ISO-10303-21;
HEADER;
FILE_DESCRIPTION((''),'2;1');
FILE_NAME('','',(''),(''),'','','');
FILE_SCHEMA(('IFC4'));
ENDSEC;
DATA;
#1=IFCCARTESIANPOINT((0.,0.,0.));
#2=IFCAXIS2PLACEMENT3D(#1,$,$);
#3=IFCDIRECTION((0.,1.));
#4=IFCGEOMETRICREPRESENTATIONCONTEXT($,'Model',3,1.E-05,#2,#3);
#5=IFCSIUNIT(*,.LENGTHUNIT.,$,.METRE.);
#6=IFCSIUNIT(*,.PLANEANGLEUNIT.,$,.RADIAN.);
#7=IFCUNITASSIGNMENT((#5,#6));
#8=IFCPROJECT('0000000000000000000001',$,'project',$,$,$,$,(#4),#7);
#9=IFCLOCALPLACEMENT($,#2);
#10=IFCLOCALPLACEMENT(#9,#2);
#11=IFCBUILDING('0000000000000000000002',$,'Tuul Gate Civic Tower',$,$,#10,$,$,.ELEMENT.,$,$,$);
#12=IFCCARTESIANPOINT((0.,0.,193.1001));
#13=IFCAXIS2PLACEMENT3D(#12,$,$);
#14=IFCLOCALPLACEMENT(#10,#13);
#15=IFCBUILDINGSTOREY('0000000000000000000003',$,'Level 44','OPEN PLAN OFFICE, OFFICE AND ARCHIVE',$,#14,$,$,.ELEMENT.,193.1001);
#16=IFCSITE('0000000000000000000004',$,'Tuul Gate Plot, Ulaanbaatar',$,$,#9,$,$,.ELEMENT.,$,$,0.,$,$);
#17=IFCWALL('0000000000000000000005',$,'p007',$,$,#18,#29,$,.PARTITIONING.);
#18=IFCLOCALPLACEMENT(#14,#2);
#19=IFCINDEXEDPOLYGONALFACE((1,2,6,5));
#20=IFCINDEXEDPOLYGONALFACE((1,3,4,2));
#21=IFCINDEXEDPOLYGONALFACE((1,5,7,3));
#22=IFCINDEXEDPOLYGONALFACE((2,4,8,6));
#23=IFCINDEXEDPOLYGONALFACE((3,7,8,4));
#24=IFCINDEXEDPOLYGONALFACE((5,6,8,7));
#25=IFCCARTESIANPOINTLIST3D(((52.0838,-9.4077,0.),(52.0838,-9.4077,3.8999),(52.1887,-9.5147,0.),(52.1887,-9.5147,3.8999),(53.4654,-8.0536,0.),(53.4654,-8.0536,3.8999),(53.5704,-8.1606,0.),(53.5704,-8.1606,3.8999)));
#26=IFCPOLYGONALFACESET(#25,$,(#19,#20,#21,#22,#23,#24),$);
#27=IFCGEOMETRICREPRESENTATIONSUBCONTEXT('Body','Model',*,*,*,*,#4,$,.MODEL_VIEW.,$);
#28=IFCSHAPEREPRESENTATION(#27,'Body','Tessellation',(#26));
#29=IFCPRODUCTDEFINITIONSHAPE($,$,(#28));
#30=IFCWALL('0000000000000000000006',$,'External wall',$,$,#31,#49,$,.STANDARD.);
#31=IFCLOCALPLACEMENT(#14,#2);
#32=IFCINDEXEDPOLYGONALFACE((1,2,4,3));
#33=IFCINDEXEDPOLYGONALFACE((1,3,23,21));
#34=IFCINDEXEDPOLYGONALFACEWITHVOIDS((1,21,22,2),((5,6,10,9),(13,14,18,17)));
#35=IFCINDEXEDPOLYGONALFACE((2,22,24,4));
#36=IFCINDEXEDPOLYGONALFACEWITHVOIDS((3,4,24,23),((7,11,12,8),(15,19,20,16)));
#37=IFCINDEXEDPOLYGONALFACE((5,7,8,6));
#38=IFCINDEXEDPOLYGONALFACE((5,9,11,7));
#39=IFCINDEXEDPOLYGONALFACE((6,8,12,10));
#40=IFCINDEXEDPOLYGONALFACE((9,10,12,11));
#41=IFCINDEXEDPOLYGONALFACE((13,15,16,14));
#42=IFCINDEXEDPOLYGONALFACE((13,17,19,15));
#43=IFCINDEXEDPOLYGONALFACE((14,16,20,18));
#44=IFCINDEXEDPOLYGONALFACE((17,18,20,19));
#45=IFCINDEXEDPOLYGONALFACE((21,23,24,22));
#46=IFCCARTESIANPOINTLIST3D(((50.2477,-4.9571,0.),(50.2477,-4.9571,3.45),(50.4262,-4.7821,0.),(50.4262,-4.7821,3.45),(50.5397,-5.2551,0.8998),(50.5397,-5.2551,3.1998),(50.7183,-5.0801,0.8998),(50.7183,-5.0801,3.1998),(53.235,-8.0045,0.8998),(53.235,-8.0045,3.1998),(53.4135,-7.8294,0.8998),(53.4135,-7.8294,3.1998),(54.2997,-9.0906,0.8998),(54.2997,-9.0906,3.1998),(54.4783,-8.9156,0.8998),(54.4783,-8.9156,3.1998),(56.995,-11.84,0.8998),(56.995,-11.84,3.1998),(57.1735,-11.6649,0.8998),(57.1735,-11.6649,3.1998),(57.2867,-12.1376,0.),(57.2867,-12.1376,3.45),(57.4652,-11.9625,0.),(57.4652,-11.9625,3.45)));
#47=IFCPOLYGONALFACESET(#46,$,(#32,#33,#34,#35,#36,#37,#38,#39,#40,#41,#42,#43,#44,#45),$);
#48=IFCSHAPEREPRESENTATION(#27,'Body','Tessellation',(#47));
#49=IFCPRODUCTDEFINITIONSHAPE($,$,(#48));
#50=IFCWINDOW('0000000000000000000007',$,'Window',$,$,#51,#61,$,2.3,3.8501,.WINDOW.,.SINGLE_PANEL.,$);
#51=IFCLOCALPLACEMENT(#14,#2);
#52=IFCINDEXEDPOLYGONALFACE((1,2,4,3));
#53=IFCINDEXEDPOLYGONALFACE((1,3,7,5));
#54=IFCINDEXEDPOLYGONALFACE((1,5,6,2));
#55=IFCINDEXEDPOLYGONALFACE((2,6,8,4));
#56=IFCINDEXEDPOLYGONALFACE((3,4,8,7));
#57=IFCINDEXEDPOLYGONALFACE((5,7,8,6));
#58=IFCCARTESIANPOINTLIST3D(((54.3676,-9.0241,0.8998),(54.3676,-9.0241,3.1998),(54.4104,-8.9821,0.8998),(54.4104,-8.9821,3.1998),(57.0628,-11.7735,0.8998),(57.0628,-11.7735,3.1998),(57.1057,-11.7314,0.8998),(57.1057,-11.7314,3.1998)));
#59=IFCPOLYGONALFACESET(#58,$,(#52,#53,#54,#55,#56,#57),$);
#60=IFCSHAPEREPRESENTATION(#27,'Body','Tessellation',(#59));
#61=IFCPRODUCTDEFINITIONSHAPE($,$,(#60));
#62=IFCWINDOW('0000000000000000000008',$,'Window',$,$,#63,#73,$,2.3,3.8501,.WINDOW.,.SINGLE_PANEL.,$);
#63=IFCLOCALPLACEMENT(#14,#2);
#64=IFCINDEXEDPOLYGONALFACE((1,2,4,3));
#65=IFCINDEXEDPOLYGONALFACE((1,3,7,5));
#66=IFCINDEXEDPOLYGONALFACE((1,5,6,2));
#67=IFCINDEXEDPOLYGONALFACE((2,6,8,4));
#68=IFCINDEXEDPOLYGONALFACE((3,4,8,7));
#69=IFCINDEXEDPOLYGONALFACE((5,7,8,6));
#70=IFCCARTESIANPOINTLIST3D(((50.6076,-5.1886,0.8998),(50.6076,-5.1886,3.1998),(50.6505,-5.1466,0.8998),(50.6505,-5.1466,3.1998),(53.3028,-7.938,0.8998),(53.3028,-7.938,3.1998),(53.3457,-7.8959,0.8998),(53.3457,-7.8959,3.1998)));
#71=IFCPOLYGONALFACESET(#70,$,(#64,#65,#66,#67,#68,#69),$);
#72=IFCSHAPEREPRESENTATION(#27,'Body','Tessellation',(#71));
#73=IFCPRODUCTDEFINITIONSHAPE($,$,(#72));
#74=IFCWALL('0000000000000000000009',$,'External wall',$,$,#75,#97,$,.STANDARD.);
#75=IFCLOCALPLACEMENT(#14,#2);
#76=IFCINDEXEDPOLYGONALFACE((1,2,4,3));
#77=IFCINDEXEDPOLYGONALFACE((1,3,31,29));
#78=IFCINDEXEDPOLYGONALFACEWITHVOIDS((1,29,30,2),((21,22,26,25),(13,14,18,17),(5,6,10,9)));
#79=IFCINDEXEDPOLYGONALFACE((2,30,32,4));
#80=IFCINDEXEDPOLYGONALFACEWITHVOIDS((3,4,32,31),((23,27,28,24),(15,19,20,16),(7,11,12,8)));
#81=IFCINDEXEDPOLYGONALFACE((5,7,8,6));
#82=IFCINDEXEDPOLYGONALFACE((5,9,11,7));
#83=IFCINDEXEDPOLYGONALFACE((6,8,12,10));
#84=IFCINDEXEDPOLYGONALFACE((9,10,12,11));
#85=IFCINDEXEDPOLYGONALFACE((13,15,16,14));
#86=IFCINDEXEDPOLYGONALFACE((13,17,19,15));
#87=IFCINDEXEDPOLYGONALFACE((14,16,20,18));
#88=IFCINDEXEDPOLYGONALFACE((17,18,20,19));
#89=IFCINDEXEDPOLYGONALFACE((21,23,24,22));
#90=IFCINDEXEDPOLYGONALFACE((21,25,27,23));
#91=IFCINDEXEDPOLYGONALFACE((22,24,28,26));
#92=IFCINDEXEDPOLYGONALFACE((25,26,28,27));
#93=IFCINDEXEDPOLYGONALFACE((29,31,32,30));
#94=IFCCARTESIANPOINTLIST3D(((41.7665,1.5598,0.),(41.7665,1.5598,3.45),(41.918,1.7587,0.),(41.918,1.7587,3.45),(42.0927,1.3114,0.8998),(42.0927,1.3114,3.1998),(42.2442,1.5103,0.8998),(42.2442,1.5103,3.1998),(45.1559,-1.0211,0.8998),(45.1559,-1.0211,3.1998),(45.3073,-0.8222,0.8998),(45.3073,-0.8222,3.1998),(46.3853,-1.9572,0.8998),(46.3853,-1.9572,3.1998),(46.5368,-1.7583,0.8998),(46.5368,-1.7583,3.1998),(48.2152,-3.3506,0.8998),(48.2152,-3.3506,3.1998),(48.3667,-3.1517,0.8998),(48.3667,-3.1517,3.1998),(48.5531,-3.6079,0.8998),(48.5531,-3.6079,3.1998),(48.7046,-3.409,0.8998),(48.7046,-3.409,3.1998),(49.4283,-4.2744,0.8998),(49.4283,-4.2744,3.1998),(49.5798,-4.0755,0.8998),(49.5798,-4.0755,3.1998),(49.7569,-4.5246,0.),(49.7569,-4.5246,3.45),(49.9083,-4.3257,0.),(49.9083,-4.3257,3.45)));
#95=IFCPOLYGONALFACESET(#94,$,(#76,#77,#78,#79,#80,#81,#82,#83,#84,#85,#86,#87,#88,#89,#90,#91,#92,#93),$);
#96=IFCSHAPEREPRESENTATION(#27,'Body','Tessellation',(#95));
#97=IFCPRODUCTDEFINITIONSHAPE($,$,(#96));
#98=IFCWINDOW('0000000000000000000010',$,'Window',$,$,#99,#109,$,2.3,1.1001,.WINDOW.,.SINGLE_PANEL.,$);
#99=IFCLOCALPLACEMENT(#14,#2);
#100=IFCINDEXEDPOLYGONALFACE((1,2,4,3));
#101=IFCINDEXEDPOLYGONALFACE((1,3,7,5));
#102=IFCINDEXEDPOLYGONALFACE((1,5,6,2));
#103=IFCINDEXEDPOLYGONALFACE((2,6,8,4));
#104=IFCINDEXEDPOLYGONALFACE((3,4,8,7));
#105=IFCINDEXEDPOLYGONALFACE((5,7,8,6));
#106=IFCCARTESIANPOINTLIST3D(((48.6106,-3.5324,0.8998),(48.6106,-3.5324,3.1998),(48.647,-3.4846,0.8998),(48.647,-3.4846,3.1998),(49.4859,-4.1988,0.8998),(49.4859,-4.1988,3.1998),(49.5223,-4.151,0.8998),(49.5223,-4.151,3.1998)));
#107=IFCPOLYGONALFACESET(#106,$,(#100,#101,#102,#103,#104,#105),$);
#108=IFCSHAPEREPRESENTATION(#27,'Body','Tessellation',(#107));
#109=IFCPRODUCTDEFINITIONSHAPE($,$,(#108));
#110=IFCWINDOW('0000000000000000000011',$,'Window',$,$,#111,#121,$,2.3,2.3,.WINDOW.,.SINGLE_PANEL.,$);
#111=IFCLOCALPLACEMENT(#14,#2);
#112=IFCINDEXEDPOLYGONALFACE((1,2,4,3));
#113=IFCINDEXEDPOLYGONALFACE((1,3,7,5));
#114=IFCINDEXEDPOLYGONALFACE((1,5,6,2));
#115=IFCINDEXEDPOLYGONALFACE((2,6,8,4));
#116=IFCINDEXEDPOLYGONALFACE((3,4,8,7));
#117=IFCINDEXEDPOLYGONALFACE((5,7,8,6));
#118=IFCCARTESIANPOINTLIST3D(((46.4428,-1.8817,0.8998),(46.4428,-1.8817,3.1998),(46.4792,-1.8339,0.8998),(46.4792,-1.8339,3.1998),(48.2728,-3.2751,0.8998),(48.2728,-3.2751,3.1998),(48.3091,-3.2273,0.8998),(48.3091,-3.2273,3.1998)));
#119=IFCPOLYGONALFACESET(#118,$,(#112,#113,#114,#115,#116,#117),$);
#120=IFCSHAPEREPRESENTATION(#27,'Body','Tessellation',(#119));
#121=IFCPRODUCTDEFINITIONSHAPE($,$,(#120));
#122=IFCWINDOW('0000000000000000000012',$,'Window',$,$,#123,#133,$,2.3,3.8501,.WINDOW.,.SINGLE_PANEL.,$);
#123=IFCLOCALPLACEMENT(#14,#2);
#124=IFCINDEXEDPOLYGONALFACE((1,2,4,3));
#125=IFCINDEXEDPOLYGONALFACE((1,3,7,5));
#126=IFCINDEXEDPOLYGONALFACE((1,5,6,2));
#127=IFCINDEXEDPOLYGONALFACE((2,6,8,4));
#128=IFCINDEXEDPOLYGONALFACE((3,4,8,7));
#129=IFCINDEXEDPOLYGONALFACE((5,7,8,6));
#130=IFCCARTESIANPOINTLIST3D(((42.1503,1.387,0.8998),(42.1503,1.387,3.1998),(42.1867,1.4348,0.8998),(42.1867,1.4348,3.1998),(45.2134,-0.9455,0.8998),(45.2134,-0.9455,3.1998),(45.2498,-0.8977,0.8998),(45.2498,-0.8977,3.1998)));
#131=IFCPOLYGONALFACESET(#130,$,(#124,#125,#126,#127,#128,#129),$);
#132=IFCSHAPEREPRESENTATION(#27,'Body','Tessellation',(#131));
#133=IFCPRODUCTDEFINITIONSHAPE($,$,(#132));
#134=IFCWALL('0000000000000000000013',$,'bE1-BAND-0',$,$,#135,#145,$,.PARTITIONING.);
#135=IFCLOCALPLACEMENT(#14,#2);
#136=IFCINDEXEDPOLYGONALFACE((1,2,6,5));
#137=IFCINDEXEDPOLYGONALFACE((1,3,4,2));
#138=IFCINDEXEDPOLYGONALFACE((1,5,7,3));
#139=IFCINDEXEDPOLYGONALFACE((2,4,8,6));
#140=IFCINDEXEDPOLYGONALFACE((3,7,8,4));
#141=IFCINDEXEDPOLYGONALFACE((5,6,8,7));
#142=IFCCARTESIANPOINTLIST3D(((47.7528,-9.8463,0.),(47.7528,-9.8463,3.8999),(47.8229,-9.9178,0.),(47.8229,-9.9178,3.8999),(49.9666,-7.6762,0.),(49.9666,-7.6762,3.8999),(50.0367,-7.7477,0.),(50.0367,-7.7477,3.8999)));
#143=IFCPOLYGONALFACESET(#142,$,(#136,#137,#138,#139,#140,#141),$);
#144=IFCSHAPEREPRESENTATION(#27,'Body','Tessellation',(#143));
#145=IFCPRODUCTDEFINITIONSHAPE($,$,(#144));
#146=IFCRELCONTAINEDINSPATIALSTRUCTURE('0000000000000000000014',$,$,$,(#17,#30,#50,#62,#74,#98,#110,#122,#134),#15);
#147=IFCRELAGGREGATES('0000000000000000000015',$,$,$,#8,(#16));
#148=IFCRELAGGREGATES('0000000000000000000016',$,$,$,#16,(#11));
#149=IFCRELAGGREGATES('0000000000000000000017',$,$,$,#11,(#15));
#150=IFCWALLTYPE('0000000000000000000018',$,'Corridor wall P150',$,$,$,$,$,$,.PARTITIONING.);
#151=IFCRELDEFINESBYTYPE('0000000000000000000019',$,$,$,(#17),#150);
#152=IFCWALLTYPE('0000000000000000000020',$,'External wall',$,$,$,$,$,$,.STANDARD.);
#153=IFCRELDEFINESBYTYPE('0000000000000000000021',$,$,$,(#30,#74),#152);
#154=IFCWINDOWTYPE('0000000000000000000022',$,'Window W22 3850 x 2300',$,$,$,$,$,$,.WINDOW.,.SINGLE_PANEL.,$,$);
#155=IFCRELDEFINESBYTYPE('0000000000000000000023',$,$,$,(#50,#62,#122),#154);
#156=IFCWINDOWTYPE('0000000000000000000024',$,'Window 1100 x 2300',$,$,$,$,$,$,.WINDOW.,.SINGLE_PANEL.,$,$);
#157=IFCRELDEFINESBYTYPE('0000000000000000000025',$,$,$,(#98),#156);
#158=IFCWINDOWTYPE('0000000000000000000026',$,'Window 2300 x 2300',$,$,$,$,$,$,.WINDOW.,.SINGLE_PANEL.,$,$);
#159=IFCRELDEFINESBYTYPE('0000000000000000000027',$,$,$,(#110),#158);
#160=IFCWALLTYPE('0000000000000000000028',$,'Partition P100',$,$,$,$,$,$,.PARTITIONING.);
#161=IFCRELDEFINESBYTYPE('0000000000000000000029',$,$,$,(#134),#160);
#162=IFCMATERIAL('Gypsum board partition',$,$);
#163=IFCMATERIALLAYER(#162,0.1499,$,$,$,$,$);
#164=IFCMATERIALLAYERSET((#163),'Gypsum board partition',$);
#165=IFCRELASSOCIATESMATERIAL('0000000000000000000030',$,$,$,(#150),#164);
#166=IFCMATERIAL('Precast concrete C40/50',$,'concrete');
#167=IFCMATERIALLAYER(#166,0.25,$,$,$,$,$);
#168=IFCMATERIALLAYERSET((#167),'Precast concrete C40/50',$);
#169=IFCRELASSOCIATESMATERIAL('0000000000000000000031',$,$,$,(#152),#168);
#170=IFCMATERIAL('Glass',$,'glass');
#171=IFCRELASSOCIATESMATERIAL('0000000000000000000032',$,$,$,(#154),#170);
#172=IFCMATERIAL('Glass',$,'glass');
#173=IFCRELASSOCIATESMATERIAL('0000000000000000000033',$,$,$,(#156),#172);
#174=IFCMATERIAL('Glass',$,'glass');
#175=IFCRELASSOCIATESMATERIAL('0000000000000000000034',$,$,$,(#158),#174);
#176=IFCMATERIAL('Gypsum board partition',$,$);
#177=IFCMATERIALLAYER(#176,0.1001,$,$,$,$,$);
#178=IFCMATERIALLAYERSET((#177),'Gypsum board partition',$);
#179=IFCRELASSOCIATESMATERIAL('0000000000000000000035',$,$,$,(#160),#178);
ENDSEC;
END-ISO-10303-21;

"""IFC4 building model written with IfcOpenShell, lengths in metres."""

from ifc_helpers import new_model, si_unit, direction, frame, frame_2d, origin, place, context, subcontext, project, spatial, rectangle, extrude, material, layer, layer_set, type_object, element, fill, save


model = new_model("IFC4")

# Units and contexts
model_context = context("Model", 3, precision=1e-05, world=origin(), true_north=direction((0.0, 1.0)))
body_context = subcontext(model_context, "Body", "Model", "MODEL_VIEW")
ifc_project = project(units=[si_unit("LENGTHUNIT", "METRE"), si_unit("PLANEANGLEUNIT", "RADIAN")], contexts=[model_context])

# Site, building, storey
site_placement = place(None, origin())
site = spatial("IfcSite", under=ifc_project, at=site_placement, Name="Tuul Gate Plot, Ulaanbaatar", CompositionType="ELEMENT", RefElevation=0.0)
building_placement = place(site_placement, origin())
building = spatial("IfcBuilding", under=site, at=building_placement, Name="Tuul Gate Civic Tower", CompositionType="ELEMENT")
storey_placement = place(building_placement, frame((0.0, 0.0, 193.1001)))
storey = spatial("IfcBuildingStorey", under=building, at=storey_placement, Name="Level 44", Description="OPEN PLAN OFFICE, OFFICE AND ARCHIVE", CompositionType="ELEMENT", Elevation=193.1001)

# Wall
ifc_material_1 = material(Name="Gypsum board partition")
ifc_layer_1 = layer(ifc_material_1, 0.1499)
ifc_layer_set_1 = layer_set([ifc_layer_1], Name="Gypsum board partition")
wall_type_1 = type_object("IfcWallType", Name="Corridor wall P150", PredefinedType="PARTITIONING", material=ifc_layer_set_1)
wall_1_placement = place(storey_placement, frame((52.1362, -9.4612, 0.0), z_axis=(0.0, 0.0, 1.0), x_axis=(0.714201, 0.69994, 0.0)))
element("IfcWall", 1, at=wall_1_placement, inside=storey, type_object=wall_type_1, Name="p007", PredefinedType="PARTITIONING", context=body_context, shape_type="SweptSolid", body=[
    extrude(rectangle(XDim=1.9346, YDim=0.1499, at=frame_2d((0.9673, 0.0))), origin(), (0.0, 0.0, 1.0), 3.8999),
])

# Walls, openings, windows
ifc_material_2 = material(Name="Precast concrete C40/50", Category="concrete")
ifc_layer_2 = layer(ifc_material_2, 0.25)
ifc_layer_set_2 = layer_set([ifc_layer_2], Name="Precast concrete C40/50")
wall_type_2 = type_object("IfcWallType", Name="External wall", PredefinedType="STANDARD", material=ifc_layer_set_2)
wall_2_placement = place(storey_placement, frame((57.376, -12.05, 0.0), z_axis=(0.0, 0.0, 1.0), x_axis=(-0.700043, 0.714101, 0.0)))
wall_2 = element("IfcWall", 2, at=wall_2_placement, inside=storey, type_object=wall_type_2, Name="External wall", PredefinedType="STANDARD", context=body_context, shape_type="SweptSolid", body=[
    extrude(rectangle(XDim=10.0552, YDim=0.25, at=frame_2d((5.0276, 0.0))), origin(), (0.0, 0.0, 1.0), 3.45),
])
opening_1_placement = place(wall_2_placement, frame((0.4167, 0.0, 0.8999)))
opening_1 = element("IfcOpeningElement", 3, at=opening_1_placement, cuts=wall_2, PredefinedType="OPENING", context=body_context, shape_type="SweptSolid", body=[
    extrude(rectangle(XDim=3.8501, YDim=2.3, at=frame_2d((1.925, 1.1499))), frame((0.0, 0.135, 0.0), z_axis=(0.0, -1.0, 0.0), x_axis=(1.0, 0.0, 0.0)), (0.0, 0.0, 1.0), 0.27),
])
opening_2_placement = place(wall_2_placement, frame((5.7878, 0.0, 0.8999)))
opening_2 = element("IfcOpeningElement", 4, at=opening_2_placement, cuts=wall_2, PredefinedType="OPENING", context=body_context, shape_type="SweptSolid", body=[
    extrude(rectangle(XDim=3.8501, YDim=2.3, at=frame_2d((1.925, 1.1499))), frame((0.0, 0.135, 0.0), z_axis=(0.0, -1.0, 0.0), x_axis=(1.0, 0.0, 0.0)), (0.0, 0.0, 1.0), 0.27),
])
ifc_material_3 = material(Name="Glass", Category="glass")
window_type_1 = type_object("IfcWindowType", Name="Window W22 3850 x 2300", PartitioningType="SINGLE_PANEL", PredefinedType="WINDOW", material=ifc_material_3)
window_1_placement = place(opening_1_placement, origin())
window_1 = element("IfcWindow", 5, at=window_1_placement, inside=storey, type_object=window_type_1, Name="Window", OverallHeight=2.3, OverallWidth=3.8501, PartitioningType="SINGLE_PANEL", PredefinedType="WINDOW", context=body_context, shape_type="SweptSolid", body=[
    extrude(rectangle(XDim=3.8501, YDim=2.3, at=frame_2d((1.925, 1.1499))), frame((0.0, 0.03, 0.0), z_axis=(0.0, -1.0, 0.0), x_axis=(1.0, 0.0, 0.0)), (0.0, 0.0, 1.0), 0.0601),
])
fill(opening_1, window_1)
window_2_placement = place(opening_2_placement, origin())
window_2 = element("IfcWindow", 6, at=window_2_placement, inside=storey, type_object=window_type_1, Name="Window", OverallHeight=2.3, OverallWidth=3.8501, PartitioningType="SINGLE_PANEL", PredefinedType="WINDOW", context=body_context, shape_type="SweptSolid", body=[
    extrude(rectangle(XDim=3.8501, YDim=2.3, at=frame_2d((1.925, 1.1499))), frame((0.0, 0.03, 0.0), z_axis=(0.0, -1.0, 0.0), x_axis=(1.0, 0.0, 0.0)), (0.0, 0.0, 1.0), 0.0601),
])
fill(opening_2, window_2)
wall_3_placement = place(storey_placement, frame((49.8325, -4.425, 0.0), z_axis=(0.0, 0.0, 1.0), x_axis=(-0.7956, 0.605822, 0.0)))
wall_3 = element("IfcWall", 7, at=wall_3_placement, inside=storey, type_object=wall_type_2, Name="External wall", PredefinedType="STANDARD", context=body_context, shape_type="SweptSolid", body=[
    extrude(rectangle(XDim=10.0432, YDim=0.25, at=frame_2d((5.0215, 0.0))), origin(), (0.0, 0.0, 1.0), 3.45),
])
opening_3_placement = place(wall_3_placement, frame((5.783, 0.0, 0.8999)))
opening_3 = element("IfcOpeningElement", 8, at=opening_3_placement, cuts=wall_3, PredefinedType="OPENING", context=body_context, shape_type="SweptSolid", body=[
    extrude(rectangle(XDim=3.8501, YDim=2.3, at=frame_2d((1.925, 1.1499))), frame((0.0, 0.135, 0.0), z_axis=(0.0, -1.0, 0.0), x_axis=(1.0, 0.0, 0.0)), (0.0, 0.0, 1.0), 0.27),
])
opening_4_placement = place(wall_3_placement, frame((0.4128, 0.0, 0.8999)))
opening_4 = element("IfcOpeningElement", 9, at=opening_4_placement, cuts=wall_3, PredefinedType="OPENING", context=body_context, shape_type="SweptSolid", body=[
    extrude(rectangle(XDim=1.1001, YDim=2.3, at=frame_2d((0.55, 1.1499))), frame((0.0, 0.135, 0.0), z_axis=(0.0, -1.0, 0.0), x_axis=(1.0, 0.0, 0.0)), (0.0, 0.0, 1.0), 0.27),
])
opening_5_placement = place(wall_3_placement, frame((1.9377, 0.0, 0.8999)))
opening_5 = element("IfcOpeningElement", 10, at=opening_5_placement, cuts=wall_3, PredefinedType="OPENING", context=body_context, shape_type="SweptSolid", body=[
    extrude(rectangle(XDim=2.3, YDim=2.3, at=frame_2d((1.1499, 1.1499))), frame((0.0, 0.135, 0.0), z_axis=(0.0, -1.0, 0.0), x_axis=(1.0, 0.0, 0.0)), (0.0, 0.0, 1.0), 0.27),
])
ifc_material_4 = material(Name="Glass", Category="glass")
window_type_2 = type_object("IfcWindowType", Name="Window 1100 x 2300", PartitioningType="SINGLE_PANEL", PredefinedType="WINDOW", material=ifc_material_4)
window_3_placement = place(opening_4_placement, origin())
window_3 = element("IfcWindow", 11, at=window_3_placement, inside=storey, type_object=window_type_2, Name="Window", OverallHeight=2.3, OverallWidth=1.1001, PartitioningType="SINGLE_PANEL", PredefinedType="WINDOW", context=body_context, shape_type="SweptSolid", body=[
    extrude(rectangle(XDim=1.1001, YDim=2.3, at=frame_2d((0.55, 1.1499))), frame((0.0, 0.03, 0.0), z_axis=(0.0, -1.0, 0.0), x_axis=(1.0, 0.0, 0.0)), (0.0, 0.0, 1.0), 0.0601),
])
fill(opening_4, window_3)
ifc_material_5 = material(Name="Glass", Category="glass")
window_type_3 = type_object("IfcWindowType", Name="Window 2300 x 2300", PartitioningType="SINGLE_PANEL", PredefinedType="WINDOW", material=ifc_material_5)
window_4_placement = place(opening_5_placement, origin())
window_4 = element("IfcWindow", 12, at=window_4_placement, inside=storey, type_object=window_type_3, Name="Window", OverallHeight=2.3, OverallWidth=2.3, PartitioningType="SINGLE_PANEL", PredefinedType="WINDOW", context=body_context, shape_type="SweptSolid", body=[
    extrude(rectangle(XDim=2.3, YDim=2.3, at=frame_2d((1.1499, 1.1499))), frame((0.0, 0.03, 0.0), z_axis=(0.0, -1.0, 0.0), x_axis=(1.0, 0.0, 0.0)), (0.0, 0.0, 1.0), 0.0601),
])
fill(opening_5, window_4)
window_5_placement = place(opening_3_placement, origin())
window_5 = element("IfcWindow", 13, at=window_5_placement, inside=storey, type_object=window_type_1, Name="Window", OverallHeight=2.3, OverallWidth=3.8501, PartitioningType="SINGLE_PANEL", PredefinedType="WINDOW", context=body_context, shape_type="SweptSolid", body=[
    extrude(rectangle(XDim=3.8501, YDim=2.3, at=frame_2d((1.925, 1.1499))), frame((0.0, 0.03, 0.0), z_axis=(0.0, -1.0, 0.0), x_axis=(1.0, 0.0, 0.0)), (0.0, 0.0, 1.0), 0.0601),
])
fill(opening_3, window_5)

# Wall
ifc_material_6 = material(Name="Gypsum board partition")
ifc_layer_3 = layer(ifc_material_6, 0.1001)
ifc_layer_set_3 = layer_set([ifc_layer_3], Name="Gypsum board partition")
wall_type_3 = type_object("IfcWallType", Name="Partition P100", PredefinedType="PARTITIONING", material=ifc_layer_set_3)
wall_4_placement = place(storey_placement, frame((47.7878, -9.8821, 0.0), z_axis=(0.0, 0.0, 1.0), x_axis=(0.71412, 0.700023, 0.0)))
element("IfcWall", 14, at=wall_4_placement, inside=storey, type_object=wall_type_3, Name="bE1-BAND-0", PredefinedType="PARTITIONING", context=body_context, shape_type="SweptSolid", body=[
    extrude(rectangle(XDim=3.1001, YDim=0.1001, at=frame_2d((1.55, 0.0))), origin(), (0.0, 0.0, 1.0), 3.8999),
])

save(model, "model.ifc")
